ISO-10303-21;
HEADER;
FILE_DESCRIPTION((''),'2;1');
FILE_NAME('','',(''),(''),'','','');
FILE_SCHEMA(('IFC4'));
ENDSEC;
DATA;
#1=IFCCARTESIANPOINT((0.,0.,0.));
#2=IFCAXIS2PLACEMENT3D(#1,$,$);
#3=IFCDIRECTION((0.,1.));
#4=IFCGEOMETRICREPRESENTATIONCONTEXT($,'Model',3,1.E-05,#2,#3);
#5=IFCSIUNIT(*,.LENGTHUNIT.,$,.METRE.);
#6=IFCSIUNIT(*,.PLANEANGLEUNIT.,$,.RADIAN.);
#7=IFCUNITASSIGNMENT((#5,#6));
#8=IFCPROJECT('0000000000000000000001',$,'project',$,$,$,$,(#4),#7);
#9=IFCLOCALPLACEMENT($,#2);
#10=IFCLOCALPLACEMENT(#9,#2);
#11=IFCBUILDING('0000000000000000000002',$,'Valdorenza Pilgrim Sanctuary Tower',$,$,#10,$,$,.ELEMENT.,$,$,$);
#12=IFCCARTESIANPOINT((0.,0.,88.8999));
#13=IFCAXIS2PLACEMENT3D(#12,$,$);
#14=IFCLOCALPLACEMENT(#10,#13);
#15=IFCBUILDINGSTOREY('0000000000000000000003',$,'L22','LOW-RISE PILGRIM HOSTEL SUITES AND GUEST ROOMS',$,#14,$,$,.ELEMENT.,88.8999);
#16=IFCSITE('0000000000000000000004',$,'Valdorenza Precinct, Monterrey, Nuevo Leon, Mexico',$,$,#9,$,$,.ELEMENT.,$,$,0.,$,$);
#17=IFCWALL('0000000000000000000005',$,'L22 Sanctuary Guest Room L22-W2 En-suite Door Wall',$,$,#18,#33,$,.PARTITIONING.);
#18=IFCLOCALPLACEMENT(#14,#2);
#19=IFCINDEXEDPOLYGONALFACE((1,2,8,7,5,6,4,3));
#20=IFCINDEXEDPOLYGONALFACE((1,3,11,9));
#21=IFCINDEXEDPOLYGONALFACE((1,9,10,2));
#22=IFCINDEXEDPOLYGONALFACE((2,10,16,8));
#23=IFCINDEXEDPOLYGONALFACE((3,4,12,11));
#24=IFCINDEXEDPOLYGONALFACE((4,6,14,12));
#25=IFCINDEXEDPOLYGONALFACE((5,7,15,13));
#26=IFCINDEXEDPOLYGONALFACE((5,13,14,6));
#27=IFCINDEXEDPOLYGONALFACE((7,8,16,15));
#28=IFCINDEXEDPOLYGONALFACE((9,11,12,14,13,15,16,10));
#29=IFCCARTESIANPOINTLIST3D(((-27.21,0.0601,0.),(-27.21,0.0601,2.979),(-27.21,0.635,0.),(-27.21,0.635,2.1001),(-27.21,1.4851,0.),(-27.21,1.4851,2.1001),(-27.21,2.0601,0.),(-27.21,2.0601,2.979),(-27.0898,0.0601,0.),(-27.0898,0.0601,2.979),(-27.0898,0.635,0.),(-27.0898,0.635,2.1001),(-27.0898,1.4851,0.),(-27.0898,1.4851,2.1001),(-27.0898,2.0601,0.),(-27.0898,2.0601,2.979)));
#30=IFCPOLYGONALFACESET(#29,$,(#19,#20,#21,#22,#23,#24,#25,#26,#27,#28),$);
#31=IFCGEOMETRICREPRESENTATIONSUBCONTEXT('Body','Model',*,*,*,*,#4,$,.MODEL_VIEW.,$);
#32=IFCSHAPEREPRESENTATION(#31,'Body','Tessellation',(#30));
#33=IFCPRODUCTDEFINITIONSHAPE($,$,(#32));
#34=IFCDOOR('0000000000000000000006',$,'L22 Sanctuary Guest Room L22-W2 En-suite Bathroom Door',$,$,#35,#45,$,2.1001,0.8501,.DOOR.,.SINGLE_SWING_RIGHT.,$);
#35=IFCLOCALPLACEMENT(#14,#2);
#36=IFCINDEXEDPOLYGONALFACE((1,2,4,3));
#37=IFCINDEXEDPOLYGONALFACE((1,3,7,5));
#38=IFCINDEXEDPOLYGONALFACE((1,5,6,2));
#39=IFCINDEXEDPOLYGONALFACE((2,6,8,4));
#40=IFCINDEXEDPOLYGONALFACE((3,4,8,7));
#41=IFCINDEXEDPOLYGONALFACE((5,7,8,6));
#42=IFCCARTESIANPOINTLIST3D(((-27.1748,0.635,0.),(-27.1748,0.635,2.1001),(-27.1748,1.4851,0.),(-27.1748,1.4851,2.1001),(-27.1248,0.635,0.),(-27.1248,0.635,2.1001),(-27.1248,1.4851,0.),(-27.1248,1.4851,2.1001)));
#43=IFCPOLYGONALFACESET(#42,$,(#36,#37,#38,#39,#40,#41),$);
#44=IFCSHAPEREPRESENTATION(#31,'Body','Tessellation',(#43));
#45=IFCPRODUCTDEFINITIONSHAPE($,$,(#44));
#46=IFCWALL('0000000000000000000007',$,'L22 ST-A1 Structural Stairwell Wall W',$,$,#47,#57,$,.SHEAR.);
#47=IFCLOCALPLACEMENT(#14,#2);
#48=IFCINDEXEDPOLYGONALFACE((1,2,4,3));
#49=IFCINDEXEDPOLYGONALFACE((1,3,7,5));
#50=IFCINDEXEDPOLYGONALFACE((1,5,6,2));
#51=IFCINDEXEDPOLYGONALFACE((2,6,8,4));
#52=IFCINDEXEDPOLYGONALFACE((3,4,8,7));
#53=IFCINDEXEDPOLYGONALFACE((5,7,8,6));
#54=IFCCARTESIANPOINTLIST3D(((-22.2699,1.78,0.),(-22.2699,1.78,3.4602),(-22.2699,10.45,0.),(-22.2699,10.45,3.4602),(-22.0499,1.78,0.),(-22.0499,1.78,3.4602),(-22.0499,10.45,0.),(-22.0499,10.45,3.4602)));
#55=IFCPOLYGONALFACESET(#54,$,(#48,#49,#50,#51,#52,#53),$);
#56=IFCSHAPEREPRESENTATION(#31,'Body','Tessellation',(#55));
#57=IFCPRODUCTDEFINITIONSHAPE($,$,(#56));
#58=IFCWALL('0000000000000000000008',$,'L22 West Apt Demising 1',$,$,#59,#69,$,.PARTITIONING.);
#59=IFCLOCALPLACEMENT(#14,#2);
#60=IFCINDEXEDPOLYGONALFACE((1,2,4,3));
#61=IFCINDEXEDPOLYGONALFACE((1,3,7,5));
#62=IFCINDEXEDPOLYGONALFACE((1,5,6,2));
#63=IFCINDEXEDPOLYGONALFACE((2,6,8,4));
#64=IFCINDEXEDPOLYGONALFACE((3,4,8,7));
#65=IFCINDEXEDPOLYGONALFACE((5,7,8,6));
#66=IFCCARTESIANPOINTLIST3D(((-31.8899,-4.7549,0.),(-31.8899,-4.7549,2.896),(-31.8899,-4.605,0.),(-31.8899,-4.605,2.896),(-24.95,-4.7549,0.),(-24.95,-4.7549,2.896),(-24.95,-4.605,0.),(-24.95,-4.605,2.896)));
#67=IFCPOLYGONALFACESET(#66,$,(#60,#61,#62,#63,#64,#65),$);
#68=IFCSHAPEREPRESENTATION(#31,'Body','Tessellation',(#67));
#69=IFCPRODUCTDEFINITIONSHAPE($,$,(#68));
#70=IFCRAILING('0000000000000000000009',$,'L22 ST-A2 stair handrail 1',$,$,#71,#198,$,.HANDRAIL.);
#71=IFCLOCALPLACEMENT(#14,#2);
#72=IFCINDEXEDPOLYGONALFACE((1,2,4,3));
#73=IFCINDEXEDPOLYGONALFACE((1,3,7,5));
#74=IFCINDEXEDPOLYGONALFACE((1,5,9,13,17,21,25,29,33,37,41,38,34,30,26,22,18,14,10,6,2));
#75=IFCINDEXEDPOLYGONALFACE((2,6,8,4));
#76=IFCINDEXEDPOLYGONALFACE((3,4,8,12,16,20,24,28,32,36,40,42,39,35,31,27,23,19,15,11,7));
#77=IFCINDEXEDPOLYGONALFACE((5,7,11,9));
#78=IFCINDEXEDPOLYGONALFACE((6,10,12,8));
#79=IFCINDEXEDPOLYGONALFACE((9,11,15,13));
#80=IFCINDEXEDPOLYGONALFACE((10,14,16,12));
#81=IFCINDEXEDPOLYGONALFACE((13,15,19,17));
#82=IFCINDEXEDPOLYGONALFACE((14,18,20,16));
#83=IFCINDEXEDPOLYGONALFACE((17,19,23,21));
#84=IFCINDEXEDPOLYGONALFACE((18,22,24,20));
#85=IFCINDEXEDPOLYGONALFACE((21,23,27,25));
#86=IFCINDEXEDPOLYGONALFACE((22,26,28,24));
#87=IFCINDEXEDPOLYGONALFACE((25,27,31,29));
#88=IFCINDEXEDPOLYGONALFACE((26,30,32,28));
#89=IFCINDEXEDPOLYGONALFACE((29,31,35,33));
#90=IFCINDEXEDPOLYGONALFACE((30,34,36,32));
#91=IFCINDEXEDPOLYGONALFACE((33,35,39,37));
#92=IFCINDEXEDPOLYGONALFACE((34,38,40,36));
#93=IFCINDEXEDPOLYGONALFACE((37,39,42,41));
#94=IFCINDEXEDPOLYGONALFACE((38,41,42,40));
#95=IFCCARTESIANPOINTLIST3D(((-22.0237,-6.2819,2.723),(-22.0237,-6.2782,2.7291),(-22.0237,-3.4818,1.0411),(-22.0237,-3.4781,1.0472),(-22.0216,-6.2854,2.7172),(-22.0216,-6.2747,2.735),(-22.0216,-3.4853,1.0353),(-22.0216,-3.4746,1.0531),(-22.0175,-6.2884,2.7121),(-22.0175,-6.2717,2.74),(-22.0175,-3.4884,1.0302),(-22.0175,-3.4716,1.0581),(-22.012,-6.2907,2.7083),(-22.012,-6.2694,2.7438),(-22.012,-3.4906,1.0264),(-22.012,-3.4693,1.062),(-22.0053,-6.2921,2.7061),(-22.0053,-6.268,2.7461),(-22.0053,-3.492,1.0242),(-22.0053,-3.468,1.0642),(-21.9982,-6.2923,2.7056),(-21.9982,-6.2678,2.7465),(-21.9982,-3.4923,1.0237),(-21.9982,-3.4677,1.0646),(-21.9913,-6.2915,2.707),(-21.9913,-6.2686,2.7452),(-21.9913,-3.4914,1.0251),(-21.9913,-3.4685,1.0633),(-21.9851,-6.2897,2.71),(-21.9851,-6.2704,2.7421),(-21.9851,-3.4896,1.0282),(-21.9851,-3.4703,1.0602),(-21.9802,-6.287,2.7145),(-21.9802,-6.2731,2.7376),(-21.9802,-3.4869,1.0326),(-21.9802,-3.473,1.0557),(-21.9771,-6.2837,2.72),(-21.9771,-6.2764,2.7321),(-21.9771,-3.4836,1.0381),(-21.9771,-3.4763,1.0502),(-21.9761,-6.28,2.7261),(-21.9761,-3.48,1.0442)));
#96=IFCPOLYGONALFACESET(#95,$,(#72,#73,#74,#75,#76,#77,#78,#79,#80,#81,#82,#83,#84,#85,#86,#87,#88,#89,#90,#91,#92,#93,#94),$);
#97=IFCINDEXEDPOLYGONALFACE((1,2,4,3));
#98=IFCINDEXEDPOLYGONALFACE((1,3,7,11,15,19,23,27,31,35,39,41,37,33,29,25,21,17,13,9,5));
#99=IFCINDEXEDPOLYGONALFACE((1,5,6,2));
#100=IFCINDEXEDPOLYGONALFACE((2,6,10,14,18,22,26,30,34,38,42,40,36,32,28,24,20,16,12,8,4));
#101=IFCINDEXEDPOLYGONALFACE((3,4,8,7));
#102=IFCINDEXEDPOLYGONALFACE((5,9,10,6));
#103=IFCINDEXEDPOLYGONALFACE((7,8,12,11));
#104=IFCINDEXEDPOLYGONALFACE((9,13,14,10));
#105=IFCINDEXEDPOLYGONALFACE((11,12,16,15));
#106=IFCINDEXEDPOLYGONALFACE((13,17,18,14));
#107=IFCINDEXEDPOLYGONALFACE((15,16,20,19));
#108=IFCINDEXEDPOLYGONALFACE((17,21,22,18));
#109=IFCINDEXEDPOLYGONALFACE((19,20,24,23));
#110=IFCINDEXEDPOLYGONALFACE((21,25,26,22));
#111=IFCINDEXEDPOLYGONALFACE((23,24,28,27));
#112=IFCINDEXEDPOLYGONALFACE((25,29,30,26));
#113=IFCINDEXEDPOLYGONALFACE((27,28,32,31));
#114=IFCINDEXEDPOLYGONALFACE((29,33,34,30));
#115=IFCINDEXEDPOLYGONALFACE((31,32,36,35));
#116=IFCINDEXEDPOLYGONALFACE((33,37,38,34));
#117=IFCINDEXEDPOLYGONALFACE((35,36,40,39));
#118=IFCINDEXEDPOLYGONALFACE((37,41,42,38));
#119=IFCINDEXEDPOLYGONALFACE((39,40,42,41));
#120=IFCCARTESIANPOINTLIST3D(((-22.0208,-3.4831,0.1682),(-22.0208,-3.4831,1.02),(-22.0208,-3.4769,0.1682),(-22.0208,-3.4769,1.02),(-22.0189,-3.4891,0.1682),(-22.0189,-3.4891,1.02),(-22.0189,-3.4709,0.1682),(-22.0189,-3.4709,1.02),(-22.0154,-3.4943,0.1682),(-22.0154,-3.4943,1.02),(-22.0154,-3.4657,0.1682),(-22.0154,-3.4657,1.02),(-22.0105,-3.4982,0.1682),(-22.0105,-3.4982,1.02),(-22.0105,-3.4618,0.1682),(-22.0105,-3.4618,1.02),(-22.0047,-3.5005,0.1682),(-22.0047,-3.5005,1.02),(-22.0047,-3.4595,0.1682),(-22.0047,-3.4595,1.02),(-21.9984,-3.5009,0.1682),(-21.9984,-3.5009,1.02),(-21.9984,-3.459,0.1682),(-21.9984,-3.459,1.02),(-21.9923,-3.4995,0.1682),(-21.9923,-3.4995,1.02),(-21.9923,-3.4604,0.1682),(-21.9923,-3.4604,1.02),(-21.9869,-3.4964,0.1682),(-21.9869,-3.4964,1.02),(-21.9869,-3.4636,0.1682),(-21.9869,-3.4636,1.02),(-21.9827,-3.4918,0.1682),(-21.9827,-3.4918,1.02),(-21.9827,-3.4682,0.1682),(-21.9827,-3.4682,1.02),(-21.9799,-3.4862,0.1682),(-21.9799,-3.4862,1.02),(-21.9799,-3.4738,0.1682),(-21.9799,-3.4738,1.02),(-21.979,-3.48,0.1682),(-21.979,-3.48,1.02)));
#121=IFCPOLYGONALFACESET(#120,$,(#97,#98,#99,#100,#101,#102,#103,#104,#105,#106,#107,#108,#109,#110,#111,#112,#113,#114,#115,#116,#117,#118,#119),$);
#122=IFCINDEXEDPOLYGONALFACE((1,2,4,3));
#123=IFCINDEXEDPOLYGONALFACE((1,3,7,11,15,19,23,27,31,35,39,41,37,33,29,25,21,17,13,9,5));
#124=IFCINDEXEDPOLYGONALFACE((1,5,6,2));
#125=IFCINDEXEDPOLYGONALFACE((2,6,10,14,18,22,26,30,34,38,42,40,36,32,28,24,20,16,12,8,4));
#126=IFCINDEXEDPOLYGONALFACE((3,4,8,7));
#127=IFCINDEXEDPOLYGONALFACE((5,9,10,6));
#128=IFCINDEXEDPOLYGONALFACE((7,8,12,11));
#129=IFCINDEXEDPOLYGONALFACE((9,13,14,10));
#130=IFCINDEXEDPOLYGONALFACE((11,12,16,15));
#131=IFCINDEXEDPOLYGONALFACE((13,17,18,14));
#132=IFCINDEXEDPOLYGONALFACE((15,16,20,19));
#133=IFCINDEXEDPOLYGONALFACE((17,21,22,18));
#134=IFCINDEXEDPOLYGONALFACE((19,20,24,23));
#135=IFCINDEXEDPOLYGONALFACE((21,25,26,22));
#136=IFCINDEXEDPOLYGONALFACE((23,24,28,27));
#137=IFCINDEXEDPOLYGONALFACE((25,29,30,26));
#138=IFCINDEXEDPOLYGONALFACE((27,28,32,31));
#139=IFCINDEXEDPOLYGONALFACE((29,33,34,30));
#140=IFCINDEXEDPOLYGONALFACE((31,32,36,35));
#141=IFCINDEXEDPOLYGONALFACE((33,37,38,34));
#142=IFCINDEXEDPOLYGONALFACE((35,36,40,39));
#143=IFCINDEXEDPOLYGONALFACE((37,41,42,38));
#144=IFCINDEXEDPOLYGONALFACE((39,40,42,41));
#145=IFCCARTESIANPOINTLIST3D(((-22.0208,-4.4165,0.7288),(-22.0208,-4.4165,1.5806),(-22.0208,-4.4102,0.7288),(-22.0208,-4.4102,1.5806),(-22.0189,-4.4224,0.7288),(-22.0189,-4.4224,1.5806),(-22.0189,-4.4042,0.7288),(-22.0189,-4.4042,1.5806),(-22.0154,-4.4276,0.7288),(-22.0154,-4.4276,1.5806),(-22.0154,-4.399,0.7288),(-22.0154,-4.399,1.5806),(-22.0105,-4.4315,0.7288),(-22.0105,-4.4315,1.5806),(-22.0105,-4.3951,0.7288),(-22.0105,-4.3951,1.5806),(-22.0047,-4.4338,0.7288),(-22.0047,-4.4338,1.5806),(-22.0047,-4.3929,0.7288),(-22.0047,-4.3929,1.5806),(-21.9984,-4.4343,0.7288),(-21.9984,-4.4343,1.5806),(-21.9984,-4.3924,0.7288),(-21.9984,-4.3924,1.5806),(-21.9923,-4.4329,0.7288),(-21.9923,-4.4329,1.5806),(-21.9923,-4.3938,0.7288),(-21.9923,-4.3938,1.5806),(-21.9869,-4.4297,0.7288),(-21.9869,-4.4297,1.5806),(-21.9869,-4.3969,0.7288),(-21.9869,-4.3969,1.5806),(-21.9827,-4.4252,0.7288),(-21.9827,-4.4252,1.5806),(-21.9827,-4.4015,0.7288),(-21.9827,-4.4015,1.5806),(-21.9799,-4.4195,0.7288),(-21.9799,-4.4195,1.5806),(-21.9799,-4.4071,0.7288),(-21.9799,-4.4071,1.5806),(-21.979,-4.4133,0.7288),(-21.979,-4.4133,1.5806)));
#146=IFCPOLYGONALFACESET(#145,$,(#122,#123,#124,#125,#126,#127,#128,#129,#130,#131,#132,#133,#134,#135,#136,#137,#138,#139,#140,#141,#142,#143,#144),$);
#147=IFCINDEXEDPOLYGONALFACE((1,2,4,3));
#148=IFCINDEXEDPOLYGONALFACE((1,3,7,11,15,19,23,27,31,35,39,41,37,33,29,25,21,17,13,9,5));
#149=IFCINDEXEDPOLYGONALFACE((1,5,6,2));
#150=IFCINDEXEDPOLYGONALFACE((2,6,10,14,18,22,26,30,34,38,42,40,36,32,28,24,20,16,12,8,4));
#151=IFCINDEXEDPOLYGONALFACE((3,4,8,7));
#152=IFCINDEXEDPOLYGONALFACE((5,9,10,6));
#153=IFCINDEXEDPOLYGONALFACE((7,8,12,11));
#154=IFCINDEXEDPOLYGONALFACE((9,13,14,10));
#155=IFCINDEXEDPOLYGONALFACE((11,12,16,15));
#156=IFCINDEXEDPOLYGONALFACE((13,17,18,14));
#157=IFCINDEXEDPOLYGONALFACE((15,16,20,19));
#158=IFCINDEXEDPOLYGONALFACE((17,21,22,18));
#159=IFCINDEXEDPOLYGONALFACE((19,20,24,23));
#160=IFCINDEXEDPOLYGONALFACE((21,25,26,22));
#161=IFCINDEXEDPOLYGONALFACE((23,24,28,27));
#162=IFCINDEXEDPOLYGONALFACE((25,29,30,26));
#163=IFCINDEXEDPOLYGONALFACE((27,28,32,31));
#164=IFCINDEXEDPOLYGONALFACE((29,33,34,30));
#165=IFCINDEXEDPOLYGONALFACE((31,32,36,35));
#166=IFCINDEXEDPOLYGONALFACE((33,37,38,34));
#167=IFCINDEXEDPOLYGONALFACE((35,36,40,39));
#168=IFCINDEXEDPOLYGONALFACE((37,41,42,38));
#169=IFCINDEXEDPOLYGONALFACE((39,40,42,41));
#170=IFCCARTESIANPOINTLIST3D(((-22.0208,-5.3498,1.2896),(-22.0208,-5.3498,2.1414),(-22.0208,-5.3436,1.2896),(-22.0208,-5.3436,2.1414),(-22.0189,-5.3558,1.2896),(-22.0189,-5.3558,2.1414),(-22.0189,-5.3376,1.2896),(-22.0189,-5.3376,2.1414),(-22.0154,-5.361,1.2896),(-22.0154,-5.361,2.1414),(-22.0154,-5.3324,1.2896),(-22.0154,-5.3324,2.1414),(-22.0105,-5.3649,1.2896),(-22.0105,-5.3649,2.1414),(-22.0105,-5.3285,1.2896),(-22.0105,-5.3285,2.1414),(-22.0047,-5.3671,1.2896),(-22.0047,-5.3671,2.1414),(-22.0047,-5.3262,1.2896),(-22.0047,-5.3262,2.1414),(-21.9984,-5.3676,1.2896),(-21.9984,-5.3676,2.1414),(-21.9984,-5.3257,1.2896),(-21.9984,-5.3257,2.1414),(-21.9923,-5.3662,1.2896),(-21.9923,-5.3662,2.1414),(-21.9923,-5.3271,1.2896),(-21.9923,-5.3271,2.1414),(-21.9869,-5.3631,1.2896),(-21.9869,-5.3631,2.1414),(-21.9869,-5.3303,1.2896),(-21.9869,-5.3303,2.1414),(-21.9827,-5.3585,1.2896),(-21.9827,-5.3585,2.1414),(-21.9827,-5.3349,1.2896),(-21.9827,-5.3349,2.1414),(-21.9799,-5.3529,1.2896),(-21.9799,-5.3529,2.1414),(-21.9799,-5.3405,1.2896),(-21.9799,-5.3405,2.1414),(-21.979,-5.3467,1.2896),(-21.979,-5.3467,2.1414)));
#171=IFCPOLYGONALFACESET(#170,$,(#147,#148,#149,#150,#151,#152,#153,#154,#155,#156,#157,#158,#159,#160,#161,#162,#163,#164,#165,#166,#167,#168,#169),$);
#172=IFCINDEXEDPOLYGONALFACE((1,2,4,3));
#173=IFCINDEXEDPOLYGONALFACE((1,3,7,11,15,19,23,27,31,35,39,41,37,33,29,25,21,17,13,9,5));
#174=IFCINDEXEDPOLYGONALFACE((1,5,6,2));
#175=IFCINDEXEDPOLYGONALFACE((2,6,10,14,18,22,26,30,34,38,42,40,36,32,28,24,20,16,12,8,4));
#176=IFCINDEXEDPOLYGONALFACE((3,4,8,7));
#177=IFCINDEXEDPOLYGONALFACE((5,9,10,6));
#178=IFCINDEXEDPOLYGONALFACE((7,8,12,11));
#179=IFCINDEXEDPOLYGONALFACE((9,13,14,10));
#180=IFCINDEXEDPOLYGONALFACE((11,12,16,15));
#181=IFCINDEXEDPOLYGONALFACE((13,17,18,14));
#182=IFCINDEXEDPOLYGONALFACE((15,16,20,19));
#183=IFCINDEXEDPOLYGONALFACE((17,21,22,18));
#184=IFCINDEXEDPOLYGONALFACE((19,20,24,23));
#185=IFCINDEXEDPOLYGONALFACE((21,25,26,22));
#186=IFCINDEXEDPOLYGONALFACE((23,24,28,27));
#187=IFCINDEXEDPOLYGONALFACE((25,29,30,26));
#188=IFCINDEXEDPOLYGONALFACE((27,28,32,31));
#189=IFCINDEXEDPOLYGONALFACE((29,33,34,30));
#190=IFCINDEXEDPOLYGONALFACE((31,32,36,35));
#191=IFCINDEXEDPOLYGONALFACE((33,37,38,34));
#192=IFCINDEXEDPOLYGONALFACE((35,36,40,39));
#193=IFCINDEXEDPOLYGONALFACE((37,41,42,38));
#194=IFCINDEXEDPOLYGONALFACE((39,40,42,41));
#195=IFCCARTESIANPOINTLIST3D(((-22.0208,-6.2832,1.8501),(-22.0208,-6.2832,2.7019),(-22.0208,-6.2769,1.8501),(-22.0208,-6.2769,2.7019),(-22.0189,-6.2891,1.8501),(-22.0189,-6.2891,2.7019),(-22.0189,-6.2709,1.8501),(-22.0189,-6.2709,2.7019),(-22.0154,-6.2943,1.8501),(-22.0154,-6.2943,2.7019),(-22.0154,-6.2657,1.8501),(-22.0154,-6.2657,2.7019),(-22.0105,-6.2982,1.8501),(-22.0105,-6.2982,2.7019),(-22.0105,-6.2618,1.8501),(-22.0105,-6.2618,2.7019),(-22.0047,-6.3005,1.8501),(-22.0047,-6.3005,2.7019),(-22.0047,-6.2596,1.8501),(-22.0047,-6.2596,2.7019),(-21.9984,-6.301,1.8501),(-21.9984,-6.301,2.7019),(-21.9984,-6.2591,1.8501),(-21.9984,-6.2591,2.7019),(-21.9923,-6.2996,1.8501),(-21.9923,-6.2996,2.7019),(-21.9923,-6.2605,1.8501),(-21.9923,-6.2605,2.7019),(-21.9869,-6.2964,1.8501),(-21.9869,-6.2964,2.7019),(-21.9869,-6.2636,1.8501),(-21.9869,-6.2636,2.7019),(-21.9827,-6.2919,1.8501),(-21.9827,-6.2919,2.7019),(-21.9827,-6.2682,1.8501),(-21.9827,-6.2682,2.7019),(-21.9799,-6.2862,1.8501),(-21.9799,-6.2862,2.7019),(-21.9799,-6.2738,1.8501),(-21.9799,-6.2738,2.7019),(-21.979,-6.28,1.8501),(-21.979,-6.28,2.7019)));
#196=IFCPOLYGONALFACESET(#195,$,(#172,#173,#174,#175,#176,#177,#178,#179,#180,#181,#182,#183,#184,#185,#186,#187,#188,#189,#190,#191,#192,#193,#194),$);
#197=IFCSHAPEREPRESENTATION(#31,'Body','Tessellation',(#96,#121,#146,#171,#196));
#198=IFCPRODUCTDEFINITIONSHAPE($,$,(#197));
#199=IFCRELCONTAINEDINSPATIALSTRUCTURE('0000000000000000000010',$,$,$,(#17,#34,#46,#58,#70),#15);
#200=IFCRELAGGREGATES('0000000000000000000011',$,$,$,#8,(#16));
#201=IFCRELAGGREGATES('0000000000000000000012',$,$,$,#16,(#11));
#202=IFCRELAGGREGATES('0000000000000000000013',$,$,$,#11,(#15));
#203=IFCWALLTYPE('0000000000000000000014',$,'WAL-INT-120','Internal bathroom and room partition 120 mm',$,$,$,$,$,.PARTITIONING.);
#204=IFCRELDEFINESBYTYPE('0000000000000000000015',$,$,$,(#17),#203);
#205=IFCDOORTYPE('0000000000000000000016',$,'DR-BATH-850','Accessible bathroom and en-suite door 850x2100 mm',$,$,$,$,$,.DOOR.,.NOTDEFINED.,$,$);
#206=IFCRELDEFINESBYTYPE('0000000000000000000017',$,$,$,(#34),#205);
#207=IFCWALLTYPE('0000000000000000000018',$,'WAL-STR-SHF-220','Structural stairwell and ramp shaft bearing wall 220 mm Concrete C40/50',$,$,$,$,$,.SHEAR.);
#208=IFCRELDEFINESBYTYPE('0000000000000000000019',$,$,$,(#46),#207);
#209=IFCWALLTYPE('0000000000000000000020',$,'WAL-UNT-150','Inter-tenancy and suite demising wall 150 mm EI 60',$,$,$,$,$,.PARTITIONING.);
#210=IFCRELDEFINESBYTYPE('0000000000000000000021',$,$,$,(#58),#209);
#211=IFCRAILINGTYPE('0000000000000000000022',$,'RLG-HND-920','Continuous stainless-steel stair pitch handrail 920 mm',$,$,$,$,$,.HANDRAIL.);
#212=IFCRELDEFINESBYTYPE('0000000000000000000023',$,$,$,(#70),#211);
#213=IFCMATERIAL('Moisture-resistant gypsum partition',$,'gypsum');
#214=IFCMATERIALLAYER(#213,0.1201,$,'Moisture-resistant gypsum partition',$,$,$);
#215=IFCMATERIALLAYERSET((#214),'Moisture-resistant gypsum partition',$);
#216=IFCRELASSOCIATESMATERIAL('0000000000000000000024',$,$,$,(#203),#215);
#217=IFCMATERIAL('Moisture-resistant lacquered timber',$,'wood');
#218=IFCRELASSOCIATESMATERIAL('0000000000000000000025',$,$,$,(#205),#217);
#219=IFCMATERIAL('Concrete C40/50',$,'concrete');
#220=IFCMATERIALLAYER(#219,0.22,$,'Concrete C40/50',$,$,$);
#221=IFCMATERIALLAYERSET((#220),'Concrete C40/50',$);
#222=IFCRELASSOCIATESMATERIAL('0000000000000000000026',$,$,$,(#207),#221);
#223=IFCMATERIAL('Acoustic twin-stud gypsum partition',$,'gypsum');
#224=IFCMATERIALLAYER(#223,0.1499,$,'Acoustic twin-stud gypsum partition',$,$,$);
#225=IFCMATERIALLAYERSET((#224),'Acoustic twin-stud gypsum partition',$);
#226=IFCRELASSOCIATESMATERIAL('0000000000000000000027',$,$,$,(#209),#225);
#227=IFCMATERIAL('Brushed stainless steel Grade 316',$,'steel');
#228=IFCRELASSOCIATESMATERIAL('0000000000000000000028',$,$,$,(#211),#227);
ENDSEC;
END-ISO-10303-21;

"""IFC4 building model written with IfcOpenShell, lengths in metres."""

from ifc_helpers import new_model, si_unit, direction, frame, frame_2d, origin, origin_2d, place, context, subcontext, project, spatial, rectangle, circle, extrude, material, layer, layer_set, type_object, element, fill, save


model = new_model("IFC4")

# Units and contexts
model_context = context("Model", 3, precision=1e-05, world=origin(), true_north=direction((0.0, 1.0)))
body_context = subcontext(model_context, "Body", "Model", "MODEL_VIEW")
ifc_project = project(units=[si_unit("LENGTHUNIT", "METRE"), si_unit("PLANEANGLEUNIT", "RADIAN")], contexts=[model_context])

# Site, building, storey
site_placement = place(None, origin())
site = spatial("IfcSite", under=ifc_project, at=site_placement, Name="Valdorenza Precinct, Monterrey, Nuevo Leon, Mexico", CompositionType="ELEMENT", RefElevation=0.0)
building_placement = place(site_placement, origin())
building = spatial("IfcBuilding", under=site, at=building_placement, Name="Valdorenza Pilgrim Sanctuary Tower", CompositionType="ELEMENT")
storey_placement = place(building_placement, frame((0.0, 0.0, 88.8999)))
storey = spatial("IfcBuildingStorey", under=building, at=storey_placement, Name="L22", Description="LOW-RISE PILGRIM HOSTEL SUITES AND GUEST ROOMS", CompositionType="ELEMENT", Elevation=88.8999)

# Shared definitions
ifc_material_1 = material(Name="Moisture-resistant gypsum partition", Category="gypsum")
ifc_layer_1 = layer(ifc_material_1, 0.1201, Name="Moisture-resistant gypsum partition")
ifc_layer_set_1 = layer_set([ifc_layer_1], Name="Moisture-resistant gypsum partition")
wall_type_1 = type_object("IfcWallType", Name="WAL-INT-120", Description="Internal bathroom and room partition 120 mm", PredefinedType="PARTITIONING", material=ifc_layer_set_1)

# Shared definitions
ifc_material_2 = material(Name="Moisture-resistant lacquered timber", Category="wood")
door_type_1 = type_object("IfcDoorType", Name="DR-BATH-850", Description="Accessible bathroom and en-suite door 850x2100 mm", OperationType="NOTDEFINED", PredefinedType="DOOR", material=ifc_material_2)

# Wall, opening, door
wall_1_placement = place(storey_placement, frame((-27.1499, 0.0601, 0.0), z_axis=(0.0, 0.0, 1.0), x_axis=(0.0, 1.0, 0.0)))
wall_1 = element("IfcWall", 1, at=wall_1_placement, inside=storey, type_object=wall_type_1, Name="L22 Sanctuary Guest Room L22-W2 En-suite Door Wall", PredefinedType="PARTITIONING", context=body_context, shape_type="SweptSolid", body=[
    extrude(rectangle(XDim=2.0, YDim=0.1201, at=frame_2d((1.0, 0.0))), origin(), (0.0, 0.0, 1.0), 2.979),
])
opening_1_placement = place(wall_1_placement, frame((0.575, 0.0, 0.0)))
opening_1 = element("IfcOpeningElement", 2, at=opening_1_placement, cuts=wall_1, PredefinedType="OPENING", context=body_context, shape_type="SweptSolid", body=[
    extrude(rectangle(XDim=0.8501, YDim=2.1001, at=frame_2d((0.425, 1.05))), frame((0.0, 0.075, 0.0), z_axis=(0.0, -1.0, 0.0), x_axis=(1.0, 0.0, 0.0)), (0.0, 0.0, 1.0), 0.1499),
])
door_1_placement = place(opening_1_placement, origin())
door_1 = element("IfcDoor", 3, at=door_1_placement, inside=storey, type_object=door_type_1, Name="L22 Sanctuary Guest Room L22-W2 En-suite Bathroom Door", OperationType="SINGLE_SWING_RIGHT", OverallHeight=2.1001, OverallWidth=0.8501, PredefinedType="DOOR", context=body_context, shape_type="SweptSolid", body=[
    extrude(rectangle(XDim=0.8501, YDim=2.1001, at=frame_2d((0.425, 1.05))), frame((0.0, 0.0249, 0.0), z_axis=(0.0, -1.0, 0.0), x_axis=(1.0, 0.0, 0.0)), (0.0, 0.0, 1.0), 0.05),
])
fill(opening_1, door_1)

# Wall
ifc_material_3 = material(Name="Concrete C40/50", Category="concrete")
ifc_layer_2 = layer(ifc_material_3, 0.22, Name="Concrete C40/50")
ifc_layer_set_2 = layer_set([ifc_layer_2], Name="Concrete C40/50")
wall_type_2 = type_object("IfcWallType", Name="WAL-STR-SHF-220", Description="Structural stairwell and ramp shaft bearing wall 220 mm Concrete C40/50", PredefinedType="SHEAR", material=ifc_layer_set_2)
wall_2_placement = place(storey_placement, frame((-22.1599, 1.78, 0.0), z_axis=(0.0, 0.0, 1.0), x_axis=(0.0, 1.0, 0.0)))
element("IfcWall", 4, at=wall_2_placement, inside=storey, type_object=wall_type_2, Name="L22 ST-A1 Structural Stairwell Wall W", PredefinedType="SHEAR", context=body_context, shape_type="SweptSolid", body=[
    extrude(rectangle(XDim=8.6699, YDim=0.22, at=frame_2d((4.335, 0.0))), origin(), (0.0, 0.0, 1.0), 3.4602),
])

# Wall
ifc_material_4 = material(Name="Acoustic twin-stud gypsum partition", Category="gypsum")
ifc_layer_3 = layer(ifc_material_4, 0.1499, Name="Acoustic twin-stud gypsum partition")
ifc_layer_set_3 = layer_set([ifc_layer_3], Name="Acoustic twin-stud gypsum partition")
wall_type_3 = type_object("IfcWallType", Name="WAL-UNT-150", Description="Inter-tenancy and suite demising wall 150 mm EI 60", PredefinedType="PARTITIONING", material=ifc_layer_set_3)
wall_3_placement = place(storey_placement, frame((-31.8899, -4.6799, 0.0), z_axis=(0.0, 0.0, 1.0), x_axis=(1.0, 0.0, 0.0)))
element("IfcWall", 5, at=wall_3_placement, inside=storey, type_object=wall_type_3, Name="L22 West Apt Demising 1", PredefinedType="PARTITIONING", context=body_context, shape_type="SweptSolid", body=[
    extrude(rectangle(XDim=6.9399, YDim=0.1499, at=frame_2d((3.47, 0.0))), origin(), (0.0, 0.0, 1.0), 2.896),
])

# Railing
ifc_material_5 = material(Name="Brushed stainless steel Grade 316", Category="steel")
railing_type = type_object("IfcRailingType", Name="RLG-HND-920", Description="Continuous stainless-steel stair pitch handrail 920 mm", PredefinedType="HANDRAIL", material=ifc_material_5)
railing_placement = place(storey_placement, frame((-22.0, -3.48, 0.1682)))
element("IfcRailing", 6, at=railing_placement, inside=storey, type_object=railing_type, Name="L22 ST-A2 stair handrail 1", PredefinedType="HANDRAIL", context=body_context, shape_type="SweptSolid", body=[
    extrude(circle(Radius=0.0239, at=origin_2d()), frame((0.0, 0.0, 0.876), z_axis=(0.0, -0.857242, 0.514913), x_axis=(1.0, 0.0, 0.0)), (0.0, 0.0, 1.0), 3.2664),
    extrude(circle(Radius=0.021, at=origin_2d()), origin(), (0.0, 0.0, 1.0), 0.8518),
    extrude(circle(Radius=0.021, at=origin_2d()), frame((0.0, -0.9333, 0.5605)), (0.0, 0.0, 1.0), 0.8518),
    extrude(circle(Radius=0.021, at=origin_2d()), frame((0.0, -1.8667, 1.1213)), (0.0, 0.0, 1.0), 0.8518),
    extrude(circle(Radius=0.021, at=origin_2d()), frame((0.0, -2.8, 1.6819)), (0.0, 0.0, 1.0), 0.8518),
])

save(model, "model.ifc")
